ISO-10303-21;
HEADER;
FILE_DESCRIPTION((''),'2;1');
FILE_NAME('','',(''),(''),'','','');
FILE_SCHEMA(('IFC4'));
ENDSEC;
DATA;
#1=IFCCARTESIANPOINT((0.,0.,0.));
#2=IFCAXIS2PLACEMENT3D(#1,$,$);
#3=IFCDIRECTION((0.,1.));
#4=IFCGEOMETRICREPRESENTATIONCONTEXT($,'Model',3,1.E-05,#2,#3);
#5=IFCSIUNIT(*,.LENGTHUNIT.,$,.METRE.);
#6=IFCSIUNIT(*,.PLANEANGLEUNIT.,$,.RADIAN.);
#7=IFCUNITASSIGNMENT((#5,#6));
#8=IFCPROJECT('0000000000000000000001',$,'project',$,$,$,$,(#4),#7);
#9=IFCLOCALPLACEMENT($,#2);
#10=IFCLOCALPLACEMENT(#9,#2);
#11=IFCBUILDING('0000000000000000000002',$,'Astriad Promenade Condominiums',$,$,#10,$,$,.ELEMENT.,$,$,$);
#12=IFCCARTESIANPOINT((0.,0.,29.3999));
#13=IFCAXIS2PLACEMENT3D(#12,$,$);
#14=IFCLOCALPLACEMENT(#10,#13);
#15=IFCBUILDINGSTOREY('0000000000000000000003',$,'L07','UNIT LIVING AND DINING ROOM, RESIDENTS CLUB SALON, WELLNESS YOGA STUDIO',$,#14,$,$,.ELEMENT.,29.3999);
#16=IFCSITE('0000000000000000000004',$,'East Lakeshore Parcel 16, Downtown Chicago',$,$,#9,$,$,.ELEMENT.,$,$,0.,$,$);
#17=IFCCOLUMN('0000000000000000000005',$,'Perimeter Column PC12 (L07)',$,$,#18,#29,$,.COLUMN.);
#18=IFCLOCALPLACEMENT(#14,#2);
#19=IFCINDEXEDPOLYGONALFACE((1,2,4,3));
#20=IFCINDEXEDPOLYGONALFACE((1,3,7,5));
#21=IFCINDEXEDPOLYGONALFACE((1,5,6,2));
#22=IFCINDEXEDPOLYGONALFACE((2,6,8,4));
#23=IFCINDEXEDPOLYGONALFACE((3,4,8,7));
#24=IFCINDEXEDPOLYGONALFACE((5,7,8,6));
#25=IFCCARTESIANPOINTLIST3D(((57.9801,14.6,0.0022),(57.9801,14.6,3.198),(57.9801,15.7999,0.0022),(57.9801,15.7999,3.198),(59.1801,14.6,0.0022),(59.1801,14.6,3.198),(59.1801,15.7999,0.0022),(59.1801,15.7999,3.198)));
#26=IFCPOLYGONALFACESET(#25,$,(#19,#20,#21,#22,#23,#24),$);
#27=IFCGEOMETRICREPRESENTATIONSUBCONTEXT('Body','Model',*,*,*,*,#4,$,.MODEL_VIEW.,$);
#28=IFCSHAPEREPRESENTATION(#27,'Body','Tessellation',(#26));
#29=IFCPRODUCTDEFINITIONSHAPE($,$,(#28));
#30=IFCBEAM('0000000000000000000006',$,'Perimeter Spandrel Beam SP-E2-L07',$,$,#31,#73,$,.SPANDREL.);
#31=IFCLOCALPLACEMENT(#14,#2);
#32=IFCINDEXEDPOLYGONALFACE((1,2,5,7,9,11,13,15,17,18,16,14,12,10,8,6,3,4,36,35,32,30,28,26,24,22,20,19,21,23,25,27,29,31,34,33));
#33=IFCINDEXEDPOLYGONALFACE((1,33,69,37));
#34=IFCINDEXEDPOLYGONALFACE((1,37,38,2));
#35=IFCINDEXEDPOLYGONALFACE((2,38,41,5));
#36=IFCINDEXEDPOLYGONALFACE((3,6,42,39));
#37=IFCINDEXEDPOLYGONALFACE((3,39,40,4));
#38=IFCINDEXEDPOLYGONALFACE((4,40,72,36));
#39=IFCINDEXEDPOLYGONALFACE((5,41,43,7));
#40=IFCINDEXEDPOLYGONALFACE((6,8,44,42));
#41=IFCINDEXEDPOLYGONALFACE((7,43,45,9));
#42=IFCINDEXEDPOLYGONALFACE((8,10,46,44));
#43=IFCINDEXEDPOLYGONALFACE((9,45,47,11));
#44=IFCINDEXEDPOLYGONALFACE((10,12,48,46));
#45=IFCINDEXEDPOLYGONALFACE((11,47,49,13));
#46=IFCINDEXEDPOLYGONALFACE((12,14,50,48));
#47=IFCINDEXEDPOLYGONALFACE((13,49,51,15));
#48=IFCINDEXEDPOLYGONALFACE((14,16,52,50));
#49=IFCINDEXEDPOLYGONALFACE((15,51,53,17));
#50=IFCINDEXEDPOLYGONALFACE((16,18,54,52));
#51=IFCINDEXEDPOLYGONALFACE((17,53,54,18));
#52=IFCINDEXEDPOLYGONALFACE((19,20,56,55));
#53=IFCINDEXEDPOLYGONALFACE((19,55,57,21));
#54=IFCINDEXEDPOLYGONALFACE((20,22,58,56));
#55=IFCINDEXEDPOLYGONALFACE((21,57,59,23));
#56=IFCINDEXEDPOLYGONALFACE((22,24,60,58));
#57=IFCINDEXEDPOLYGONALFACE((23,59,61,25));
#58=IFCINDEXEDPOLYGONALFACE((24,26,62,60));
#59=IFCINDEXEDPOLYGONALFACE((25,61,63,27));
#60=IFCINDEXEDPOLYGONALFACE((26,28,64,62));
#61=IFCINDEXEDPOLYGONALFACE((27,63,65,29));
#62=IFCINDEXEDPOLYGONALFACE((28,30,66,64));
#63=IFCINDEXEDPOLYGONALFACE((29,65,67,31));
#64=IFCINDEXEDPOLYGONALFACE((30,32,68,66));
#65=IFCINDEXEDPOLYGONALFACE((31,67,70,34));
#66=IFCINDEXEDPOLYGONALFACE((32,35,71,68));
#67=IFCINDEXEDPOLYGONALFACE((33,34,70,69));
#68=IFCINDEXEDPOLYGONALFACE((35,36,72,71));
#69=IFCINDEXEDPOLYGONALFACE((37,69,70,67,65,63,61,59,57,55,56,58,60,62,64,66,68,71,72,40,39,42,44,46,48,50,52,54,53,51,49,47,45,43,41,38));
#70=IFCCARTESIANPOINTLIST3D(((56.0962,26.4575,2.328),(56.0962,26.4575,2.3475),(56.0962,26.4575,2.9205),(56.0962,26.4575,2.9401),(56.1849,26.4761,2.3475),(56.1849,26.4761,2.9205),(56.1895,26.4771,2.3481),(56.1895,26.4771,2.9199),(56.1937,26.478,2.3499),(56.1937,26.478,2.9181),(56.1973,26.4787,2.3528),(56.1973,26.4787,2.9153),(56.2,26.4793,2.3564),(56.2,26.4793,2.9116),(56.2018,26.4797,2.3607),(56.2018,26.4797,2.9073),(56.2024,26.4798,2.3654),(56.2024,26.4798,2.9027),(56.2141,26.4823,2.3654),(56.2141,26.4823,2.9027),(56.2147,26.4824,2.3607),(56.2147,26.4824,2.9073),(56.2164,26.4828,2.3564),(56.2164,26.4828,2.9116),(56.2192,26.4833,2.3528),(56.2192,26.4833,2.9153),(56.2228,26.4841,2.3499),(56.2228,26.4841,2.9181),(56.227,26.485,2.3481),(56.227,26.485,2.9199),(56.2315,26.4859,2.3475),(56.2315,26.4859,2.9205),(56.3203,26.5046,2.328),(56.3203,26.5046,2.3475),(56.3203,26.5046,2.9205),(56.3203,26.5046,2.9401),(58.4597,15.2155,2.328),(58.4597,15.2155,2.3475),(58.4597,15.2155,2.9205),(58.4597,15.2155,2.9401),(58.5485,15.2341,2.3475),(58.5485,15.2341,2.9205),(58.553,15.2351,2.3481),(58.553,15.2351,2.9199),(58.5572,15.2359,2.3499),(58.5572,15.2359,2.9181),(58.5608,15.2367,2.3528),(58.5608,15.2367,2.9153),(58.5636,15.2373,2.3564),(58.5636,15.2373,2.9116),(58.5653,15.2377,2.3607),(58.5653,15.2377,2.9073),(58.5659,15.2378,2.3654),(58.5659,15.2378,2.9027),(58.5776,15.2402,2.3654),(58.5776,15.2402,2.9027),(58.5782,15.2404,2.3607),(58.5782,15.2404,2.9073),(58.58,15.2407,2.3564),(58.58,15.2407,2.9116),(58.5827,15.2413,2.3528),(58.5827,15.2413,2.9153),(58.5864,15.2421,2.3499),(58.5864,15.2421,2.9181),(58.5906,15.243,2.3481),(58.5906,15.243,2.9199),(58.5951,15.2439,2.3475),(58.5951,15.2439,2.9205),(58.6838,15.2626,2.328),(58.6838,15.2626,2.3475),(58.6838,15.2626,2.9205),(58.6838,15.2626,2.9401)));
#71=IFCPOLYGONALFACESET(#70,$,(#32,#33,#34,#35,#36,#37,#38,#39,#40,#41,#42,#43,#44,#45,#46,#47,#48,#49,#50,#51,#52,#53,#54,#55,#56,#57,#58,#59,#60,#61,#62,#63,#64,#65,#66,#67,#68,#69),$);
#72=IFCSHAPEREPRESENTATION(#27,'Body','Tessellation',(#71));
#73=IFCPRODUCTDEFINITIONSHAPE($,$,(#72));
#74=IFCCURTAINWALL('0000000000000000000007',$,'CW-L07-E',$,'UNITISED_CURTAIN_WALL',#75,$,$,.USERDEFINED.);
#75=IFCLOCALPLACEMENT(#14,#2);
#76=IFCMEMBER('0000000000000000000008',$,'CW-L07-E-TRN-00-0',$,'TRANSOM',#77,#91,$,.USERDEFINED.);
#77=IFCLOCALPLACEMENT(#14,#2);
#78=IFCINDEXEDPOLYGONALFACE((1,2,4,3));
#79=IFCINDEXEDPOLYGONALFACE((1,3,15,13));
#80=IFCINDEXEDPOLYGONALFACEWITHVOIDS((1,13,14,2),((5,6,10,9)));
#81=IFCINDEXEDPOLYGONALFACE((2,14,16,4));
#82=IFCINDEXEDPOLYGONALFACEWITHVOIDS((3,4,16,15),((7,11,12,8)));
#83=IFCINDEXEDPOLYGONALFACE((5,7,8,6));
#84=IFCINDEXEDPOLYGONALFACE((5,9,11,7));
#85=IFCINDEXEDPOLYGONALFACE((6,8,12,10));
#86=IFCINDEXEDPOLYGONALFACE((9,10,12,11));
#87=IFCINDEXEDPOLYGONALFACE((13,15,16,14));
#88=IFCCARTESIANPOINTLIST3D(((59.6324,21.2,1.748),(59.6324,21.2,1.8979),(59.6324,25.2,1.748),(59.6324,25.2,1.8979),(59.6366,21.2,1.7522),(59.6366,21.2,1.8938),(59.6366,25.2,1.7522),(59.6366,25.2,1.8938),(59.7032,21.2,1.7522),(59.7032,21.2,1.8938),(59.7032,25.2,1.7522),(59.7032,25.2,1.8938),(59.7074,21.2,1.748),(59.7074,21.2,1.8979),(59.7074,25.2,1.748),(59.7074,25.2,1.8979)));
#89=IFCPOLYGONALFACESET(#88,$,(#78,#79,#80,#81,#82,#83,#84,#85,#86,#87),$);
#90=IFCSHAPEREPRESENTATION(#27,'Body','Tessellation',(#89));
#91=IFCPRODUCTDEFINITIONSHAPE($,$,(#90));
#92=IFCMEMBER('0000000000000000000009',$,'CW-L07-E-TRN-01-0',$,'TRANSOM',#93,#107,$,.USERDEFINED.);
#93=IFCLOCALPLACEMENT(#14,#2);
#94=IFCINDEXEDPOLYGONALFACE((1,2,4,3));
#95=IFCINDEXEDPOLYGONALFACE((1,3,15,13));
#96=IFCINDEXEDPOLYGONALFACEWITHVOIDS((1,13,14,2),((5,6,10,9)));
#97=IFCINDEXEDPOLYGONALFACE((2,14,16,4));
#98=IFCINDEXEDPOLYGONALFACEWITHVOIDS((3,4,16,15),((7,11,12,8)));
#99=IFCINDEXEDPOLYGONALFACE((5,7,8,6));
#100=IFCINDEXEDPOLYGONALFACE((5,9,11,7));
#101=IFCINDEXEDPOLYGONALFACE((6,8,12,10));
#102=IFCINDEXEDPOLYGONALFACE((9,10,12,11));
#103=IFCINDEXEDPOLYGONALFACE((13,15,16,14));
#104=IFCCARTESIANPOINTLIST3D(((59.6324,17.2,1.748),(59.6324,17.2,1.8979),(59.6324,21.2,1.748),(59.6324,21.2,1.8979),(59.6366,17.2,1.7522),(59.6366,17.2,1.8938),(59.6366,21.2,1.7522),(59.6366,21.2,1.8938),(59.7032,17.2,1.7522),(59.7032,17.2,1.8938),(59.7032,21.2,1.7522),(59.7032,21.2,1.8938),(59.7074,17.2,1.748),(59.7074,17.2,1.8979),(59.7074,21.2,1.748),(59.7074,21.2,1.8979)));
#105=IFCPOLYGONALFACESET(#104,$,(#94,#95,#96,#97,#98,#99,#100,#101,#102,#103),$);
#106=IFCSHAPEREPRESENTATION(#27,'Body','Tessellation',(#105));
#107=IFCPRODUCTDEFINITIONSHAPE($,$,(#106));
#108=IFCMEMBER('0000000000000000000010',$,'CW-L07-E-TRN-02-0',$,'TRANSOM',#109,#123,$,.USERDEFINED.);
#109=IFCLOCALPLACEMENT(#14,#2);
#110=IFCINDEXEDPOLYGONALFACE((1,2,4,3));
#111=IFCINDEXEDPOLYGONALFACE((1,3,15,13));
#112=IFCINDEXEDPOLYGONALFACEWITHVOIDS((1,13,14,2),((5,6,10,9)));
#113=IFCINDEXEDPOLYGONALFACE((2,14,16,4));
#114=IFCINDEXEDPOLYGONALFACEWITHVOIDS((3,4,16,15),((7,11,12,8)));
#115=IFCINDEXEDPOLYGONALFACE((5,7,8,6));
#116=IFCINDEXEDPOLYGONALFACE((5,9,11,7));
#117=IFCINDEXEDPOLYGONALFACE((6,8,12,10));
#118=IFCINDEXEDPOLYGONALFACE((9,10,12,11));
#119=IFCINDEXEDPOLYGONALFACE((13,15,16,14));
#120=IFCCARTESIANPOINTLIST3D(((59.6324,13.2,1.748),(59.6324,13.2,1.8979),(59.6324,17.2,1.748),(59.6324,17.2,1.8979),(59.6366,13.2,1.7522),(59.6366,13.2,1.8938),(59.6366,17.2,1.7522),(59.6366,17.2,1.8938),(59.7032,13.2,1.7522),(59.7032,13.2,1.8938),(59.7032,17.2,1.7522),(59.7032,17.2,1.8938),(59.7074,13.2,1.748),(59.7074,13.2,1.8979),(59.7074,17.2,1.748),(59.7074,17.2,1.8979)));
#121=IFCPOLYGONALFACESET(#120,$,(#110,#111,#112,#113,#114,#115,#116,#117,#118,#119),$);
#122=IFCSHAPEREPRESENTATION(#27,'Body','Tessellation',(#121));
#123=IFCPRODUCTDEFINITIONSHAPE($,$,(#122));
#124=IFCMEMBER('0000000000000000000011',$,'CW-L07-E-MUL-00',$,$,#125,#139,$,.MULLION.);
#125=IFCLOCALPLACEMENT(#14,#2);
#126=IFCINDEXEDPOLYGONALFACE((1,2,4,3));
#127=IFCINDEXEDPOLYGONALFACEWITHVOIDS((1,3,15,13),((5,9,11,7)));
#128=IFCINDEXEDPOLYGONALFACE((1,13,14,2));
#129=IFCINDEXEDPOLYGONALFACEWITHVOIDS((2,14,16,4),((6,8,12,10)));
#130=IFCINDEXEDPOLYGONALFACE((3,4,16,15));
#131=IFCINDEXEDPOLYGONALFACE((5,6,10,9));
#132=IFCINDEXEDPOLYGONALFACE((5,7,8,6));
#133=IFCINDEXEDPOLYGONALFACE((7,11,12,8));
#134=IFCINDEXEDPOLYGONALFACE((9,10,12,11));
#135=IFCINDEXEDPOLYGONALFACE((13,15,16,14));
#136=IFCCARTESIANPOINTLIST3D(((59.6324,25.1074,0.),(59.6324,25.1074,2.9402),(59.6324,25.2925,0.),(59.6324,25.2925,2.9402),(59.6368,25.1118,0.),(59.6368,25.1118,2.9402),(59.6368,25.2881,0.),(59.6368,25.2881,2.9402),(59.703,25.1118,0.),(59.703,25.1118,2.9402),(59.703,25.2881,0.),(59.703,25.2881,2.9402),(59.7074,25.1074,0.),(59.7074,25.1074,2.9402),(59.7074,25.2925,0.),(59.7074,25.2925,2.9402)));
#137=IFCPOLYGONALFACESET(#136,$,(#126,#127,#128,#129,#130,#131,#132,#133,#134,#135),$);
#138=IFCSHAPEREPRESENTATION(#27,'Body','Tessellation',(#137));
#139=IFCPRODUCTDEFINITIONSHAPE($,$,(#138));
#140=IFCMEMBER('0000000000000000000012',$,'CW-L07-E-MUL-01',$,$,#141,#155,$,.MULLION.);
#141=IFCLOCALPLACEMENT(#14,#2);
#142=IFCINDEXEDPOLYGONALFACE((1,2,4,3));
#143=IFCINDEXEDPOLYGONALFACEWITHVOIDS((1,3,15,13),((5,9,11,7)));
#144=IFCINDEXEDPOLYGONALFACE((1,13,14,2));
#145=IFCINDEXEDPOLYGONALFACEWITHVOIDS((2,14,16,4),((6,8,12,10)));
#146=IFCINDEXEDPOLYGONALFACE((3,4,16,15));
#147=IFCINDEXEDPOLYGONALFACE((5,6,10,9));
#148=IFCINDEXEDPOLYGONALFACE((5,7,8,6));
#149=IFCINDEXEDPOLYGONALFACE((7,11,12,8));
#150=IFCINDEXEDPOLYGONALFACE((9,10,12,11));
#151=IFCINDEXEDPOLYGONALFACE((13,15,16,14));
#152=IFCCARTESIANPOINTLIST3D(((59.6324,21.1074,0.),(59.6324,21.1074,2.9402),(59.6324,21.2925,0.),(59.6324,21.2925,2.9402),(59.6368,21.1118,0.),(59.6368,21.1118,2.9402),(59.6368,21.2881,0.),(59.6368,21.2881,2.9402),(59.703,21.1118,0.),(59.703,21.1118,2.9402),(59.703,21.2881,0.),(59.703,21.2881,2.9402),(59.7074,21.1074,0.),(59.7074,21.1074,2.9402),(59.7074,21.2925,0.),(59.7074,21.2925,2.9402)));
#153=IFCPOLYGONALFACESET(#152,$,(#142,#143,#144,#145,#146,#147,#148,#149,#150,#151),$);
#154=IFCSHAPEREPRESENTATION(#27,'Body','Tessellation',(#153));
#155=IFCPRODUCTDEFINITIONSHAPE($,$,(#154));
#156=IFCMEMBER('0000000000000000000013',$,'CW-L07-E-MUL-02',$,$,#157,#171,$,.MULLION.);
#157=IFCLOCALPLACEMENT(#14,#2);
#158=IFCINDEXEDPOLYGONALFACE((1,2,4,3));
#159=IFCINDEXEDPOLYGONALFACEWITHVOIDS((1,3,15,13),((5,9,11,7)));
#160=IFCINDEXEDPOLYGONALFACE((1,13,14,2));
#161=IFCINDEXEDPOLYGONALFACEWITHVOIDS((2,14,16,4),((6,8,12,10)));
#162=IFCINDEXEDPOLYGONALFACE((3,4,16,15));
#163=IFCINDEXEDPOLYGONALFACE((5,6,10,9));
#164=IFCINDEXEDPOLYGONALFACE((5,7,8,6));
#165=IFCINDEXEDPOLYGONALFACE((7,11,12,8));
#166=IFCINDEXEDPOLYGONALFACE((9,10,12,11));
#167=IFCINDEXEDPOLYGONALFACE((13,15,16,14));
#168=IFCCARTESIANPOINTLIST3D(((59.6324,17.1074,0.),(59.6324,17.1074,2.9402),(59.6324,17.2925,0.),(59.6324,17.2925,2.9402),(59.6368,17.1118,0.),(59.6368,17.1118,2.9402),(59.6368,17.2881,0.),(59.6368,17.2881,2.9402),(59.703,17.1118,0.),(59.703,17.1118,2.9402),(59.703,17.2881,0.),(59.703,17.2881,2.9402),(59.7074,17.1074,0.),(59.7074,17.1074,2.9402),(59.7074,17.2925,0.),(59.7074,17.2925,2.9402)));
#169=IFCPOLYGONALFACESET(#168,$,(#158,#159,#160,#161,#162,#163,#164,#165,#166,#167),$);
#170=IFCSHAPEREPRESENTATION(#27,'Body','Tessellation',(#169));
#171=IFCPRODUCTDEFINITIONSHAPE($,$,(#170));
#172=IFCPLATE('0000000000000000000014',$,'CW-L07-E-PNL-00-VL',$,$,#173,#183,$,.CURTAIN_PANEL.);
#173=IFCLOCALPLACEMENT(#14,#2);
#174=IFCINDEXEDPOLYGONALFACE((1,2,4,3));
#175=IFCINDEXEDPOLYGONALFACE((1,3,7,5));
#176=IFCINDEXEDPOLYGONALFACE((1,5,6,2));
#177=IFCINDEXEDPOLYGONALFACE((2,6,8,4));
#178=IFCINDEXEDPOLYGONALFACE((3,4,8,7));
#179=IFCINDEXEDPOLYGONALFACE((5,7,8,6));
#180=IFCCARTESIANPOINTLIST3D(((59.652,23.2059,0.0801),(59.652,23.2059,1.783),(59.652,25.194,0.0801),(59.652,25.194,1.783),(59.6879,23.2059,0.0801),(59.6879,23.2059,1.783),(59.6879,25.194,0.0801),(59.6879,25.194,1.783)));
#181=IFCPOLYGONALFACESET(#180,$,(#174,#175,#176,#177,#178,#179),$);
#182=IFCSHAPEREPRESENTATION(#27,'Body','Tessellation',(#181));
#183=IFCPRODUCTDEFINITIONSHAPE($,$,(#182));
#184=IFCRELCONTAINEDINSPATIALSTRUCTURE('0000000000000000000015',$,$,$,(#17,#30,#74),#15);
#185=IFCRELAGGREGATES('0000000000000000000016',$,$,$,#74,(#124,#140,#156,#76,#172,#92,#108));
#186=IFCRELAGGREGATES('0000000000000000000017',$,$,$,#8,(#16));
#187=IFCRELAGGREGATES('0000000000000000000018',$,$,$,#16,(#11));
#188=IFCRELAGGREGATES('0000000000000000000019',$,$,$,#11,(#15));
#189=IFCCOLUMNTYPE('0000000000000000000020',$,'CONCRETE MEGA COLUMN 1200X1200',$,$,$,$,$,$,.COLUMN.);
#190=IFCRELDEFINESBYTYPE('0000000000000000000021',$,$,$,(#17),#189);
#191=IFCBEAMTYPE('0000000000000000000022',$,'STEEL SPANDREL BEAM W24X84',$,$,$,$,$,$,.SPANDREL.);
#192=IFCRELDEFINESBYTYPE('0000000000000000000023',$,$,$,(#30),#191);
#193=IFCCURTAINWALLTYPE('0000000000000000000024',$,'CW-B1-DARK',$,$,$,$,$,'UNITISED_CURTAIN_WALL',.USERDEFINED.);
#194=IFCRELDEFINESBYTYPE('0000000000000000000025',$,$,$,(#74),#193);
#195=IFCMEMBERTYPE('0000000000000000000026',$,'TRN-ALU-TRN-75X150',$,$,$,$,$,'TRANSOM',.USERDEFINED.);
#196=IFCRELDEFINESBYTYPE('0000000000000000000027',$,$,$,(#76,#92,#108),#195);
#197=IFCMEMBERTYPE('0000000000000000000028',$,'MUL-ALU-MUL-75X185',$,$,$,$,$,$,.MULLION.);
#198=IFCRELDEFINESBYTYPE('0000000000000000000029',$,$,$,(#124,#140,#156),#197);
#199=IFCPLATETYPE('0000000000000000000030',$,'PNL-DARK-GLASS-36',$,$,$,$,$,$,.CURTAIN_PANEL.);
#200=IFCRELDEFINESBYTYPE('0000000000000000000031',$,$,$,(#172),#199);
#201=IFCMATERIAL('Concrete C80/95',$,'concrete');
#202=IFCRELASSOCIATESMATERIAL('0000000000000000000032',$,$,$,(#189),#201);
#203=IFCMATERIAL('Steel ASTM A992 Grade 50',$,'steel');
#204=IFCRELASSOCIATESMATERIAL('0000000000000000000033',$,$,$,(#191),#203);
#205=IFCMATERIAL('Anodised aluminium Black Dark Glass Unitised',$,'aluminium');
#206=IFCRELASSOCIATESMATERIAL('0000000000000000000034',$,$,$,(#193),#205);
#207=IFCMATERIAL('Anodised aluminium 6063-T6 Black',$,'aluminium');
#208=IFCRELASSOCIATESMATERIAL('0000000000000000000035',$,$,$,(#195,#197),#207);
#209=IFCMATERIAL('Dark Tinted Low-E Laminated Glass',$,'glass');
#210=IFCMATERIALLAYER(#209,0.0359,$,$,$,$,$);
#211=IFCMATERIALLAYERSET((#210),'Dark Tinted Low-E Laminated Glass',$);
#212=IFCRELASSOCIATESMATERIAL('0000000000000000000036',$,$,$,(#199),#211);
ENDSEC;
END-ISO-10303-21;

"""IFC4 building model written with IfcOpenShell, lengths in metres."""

from ifc_helpers import new_model, si_unit, direction, frame, origin, origin_2d, place, context, subcontext, project, spatial, rectangle, hollow_rectangle, i_section, extrude, source, transform, mapped, material, layer, layer_set, material_profile, profile_set, type_object, type_shapes, element, aggregate, save


model = new_model("IFC4")

# Units and contexts
model_context = context("Model", 3, precision=1e-05, world=origin(), true_north=direction((0.0, 1.0)))
body_context = subcontext(model_context, "Body", "Model", "MODEL_VIEW")
ifc_project = project(units=[si_unit("LENGTHUNIT", "METRE"), si_unit("PLANEANGLEUNIT", "RADIAN")], contexts=[model_context])

# Site, building, storey
site_placement = place(None, origin())
site = spatial("IfcSite", under=ifc_project, at=site_placement, Name="East Lakeshore Parcel 16, Downtown Chicago", CompositionType="ELEMENT", RefElevation=0.0)
building_placement = place(site_placement, origin())
building = spatial("IfcBuilding", under=site, at=building_placement, Name="Astriad Promenade Condominiums", CompositionType="ELEMENT")
storey_placement = place(building_placement, frame((0.0, 0.0, 29.3999)))
storey = spatial("IfcBuildingStorey", under=building, at=storey_placement, Name="L07", Description="UNIT LIVING AND DINING ROOM, RESIDENTS CLUB SALON, WELLNESS YOGA STUDIO", CompositionType="ELEMENT", Elevation=29.3999)

# Column
ifc_material_1 = material(Name="Concrete C80/95", Category="concrete")
ifc_material_profile_1 = material_profile(ifc_material_1, rectangle(XDim=1.2, YDim=1.2, at=origin_2d()), Name="RC-COL-1200X1200")
ifc_profile_set_1 = profile_set([ifc_material_profile_1], Name="Concrete C80/95")
column_type = type_object("IfcColumnType", Name="CONCRETE MEGA COLUMN 1200X1200", PredefinedType="COLUMN", material=ifc_profile_set_1)
shared_shape_1 = source(origin(), body_context, "Body", "SweptSolid", [
    extrude(rectangle(XDim=1.2, YDim=1.2, at=origin_2d()), origin(), (0.0, 0.0, 1.0), 3.1958),
])
type_shapes(column_type, [shared_shape_1])
column_placement = place(storey_placement, frame((58.5801, 15.2, 0.0022), z_axis=(0.0, 0.0, 1.0), x_axis=(1.0, 0.0, 0.0)))
element("IfcColumn", 1, at=column_placement, inside=storey, type_object=column_type, Name="Perimeter Column PC12 (L07)", PredefinedType="COLUMN", context=body_context, shape_type="MappedRepresentation", body=[
    mapped(shared_shape_1, transform((0.0, 0.0, 0.0), scale=1.0)),
])

# Beam
ifc_material_2 = material(Name="Steel ASTM A992 Grade 50", Category="steel")
ifc_material_profile_2 = material_profile(ifc_material_2, i_section(OverallWidth=0.229, OverallDepth=0.6121, WebThickness=0.012, FlangeThickness=0.0195, FilletRadius=0.0178, at=origin_2d()), Name="W24X84")
ifc_profile_set_2 = profile_set([ifc_material_profile_2], Name="Steel ASTM A992 Grade 50")
beam_type = type_object("IfcBeamType", Name="STEEL SPANDREL BEAM W24X84", PredefinedType="SPANDREL", material=ifc_profile_set_2)
shared_shape_2 = source(origin(), body_context, "Body", "SweptSolid", [
    extrude(i_section(OverallWidth=0.229, OverallDepth=0.6121, WebThickness=0.012, FlangeThickness=0.0195, FilletRadius=0.0178, at=origin_2d()), origin(), (0.0, 0.0, 1.0), 11.4878),
])
type_shapes(beam_type, [shared_shape_2])
beam_placement = place(storey_placement, frame((58.5718, 15.239, 2.634), z_axis=(-0.205744, 0.978606, 0.0), x_axis=(-0.978606, -0.205744, 0.0)))
element("IfcBeam", 2, at=beam_placement, inside=storey, type_object=beam_type, Name="Perimeter Spandrel Beam SP-E2-L07", PredefinedType="SPANDREL", context=body_context, shape_type="MappedRepresentation", body=[
    mapped(shared_shape_2, transform((0.0, 0.0, 0.0), scale=1.0)),
])

# Curtain wall, members, plate
ifc_material_3 = material(Name="Anodised aluminium Black Dark Glass Unitised", Category="aluminium")
curtain_wall_type = type_object("IfcCurtainWallType", Name="CW-B1-DARK", ElementType="UNITISED_CURTAIN_WALL", PredefinedType="USERDEFINED", material=ifc_material_3)
curtain_wall_placement = place(storey_placement, origin())
curtain_wall = element("IfcCurtainWall", 3, at=curtain_wall_placement, inside=storey, type_object=curtain_wall_type, Name="CW-L07-E", ObjectType="UNITISED_CURTAIN_WALL", PredefinedType="USERDEFINED")
ifc_material_4 = material(Name="Anodised aluminium 6063-T6 Black", Category="aluminium")
ifc_material_profile_3 = material_profile(ifc_material_4, hollow_rectangle(XDim=0.075, YDim=0.1499, WallThickness=0.0042, at=origin_2d()), Name="ALU-TRN-75X150")
ifc_profile_set_3 = profile_set([ifc_material_profile_3], Name="Anodised aluminium 6063-T6 Black")
member_type_1 = type_object("IfcMemberType", Name="TRN-ALU-TRN-75X150", ElementType="TRANSOM", PredefinedType="USERDEFINED", material=ifc_profile_set_3)
shared_shape_3 = source(origin(), body_context, "Body", "SweptSolid", [
    extrude(hollow_rectangle(XDim=0.075, YDim=0.1499, WallThickness=0.0042, at=origin_2d()), origin(), (0.0, 0.0, 1.0), 4.0),
])
type_shapes(member_type_1, [shared_shape_3])
member_1_placement = place(storey_placement, frame((59.6699, 25.2, 1.823), z_axis=(0.0, -1.0, 0.0), x_axis=(1.0, 0.0, 0.0)))
member_1 = element("IfcMember", 4, at=member_1_placement, type_object=member_type_1, Name="CW-L07-E-TRN-00-0", ObjectType="TRANSOM", PredefinedType="USERDEFINED", context=body_context, shape_type="MappedRepresentation", body=[
    mapped(shared_shape_3, transform((0.0, 0.0, 0.0), scale=1.0)),
])
member_2_placement = place(storey_placement, frame((59.6699, 21.2, 1.823), z_axis=(0.0, -1.0, 0.0), x_axis=(1.0, 0.0, 0.0)))
member_2 = element("IfcMember", 5, at=member_2_placement, type_object=member_type_1, Name="CW-L07-E-TRN-01-0", ObjectType="TRANSOM", PredefinedType="USERDEFINED", context=body_context, shape_type="MappedRepresentation", body=[
    mapped(shared_shape_3, transform((0.0, 0.0, 0.0), scale=1.0)),
])
member_3_placement = place(storey_placement, frame((59.6699, 17.2, 1.823), z_axis=(0.0, -1.0, 0.0), x_axis=(1.0, 0.0, 0.0)))
member_3 = element("IfcMember", 6, at=member_3_placement, type_object=member_type_1, Name="CW-L07-E-TRN-02-0", ObjectType="TRANSOM", PredefinedType="USERDEFINED", context=body_context, shape_type="MappedRepresentation", body=[
    mapped(shared_shape_3, transform((0.0, 0.0, 0.0), scale=1.0)),
])
ifc_material_profile_4 = material_profile(ifc_material_4, hollow_rectangle(XDim=0.075, YDim=0.1851, WallThickness=0.0044, at=origin_2d()), Name="ALU-MUL-75X185")
ifc_profile_set_4 = profile_set([ifc_material_profile_4], Name="Anodised aluminium 6063-T6 Black")
member_type_2 = type_object("IfcMemberType", Name="MUL-ALU-MUL-75X185", PredefinedType="MULLION", material=ifc_profile_set_4)
shared_shape_4 = source(origin(), body_context, "Body", "SweptSolid", [
    extrude(hollow_rectangle(XDim=0.075, YDim=0.1851, WallThickness=0.0044, at=origin_2d()), origin(), (0.0, 0.0, 1.0), 2.9402),
])
type_shapes(member_type_2, [shared_shape_4])
member_4_placement = place(storey_placement, frame((59.6699, 25.2, 0.0), z_axis=(0.0, 0.0, 1.0), x_axis=(1.0, 0.0, 0.0)))
member_4 = element("IfcMember", 7, at=member_4_placement, type_object=member_type_2, Name="CW-L07-E-MUL-00", PredefinedType="MULLION", context=body_context, shape_type="MappedRepresentation", body=[
    mapped(shared_shape_4, transform((0.0, 0.0, 0.0), scale=1.0)),
])
member_5_placement = place(storey_placement, frame((59.6699, 21.2, 0.0), z_axis=(0.0, 0.0, 1.0), x_axis=(1.0, 0.0, 0.0)))
member_5 = element("IfcMember", 8, at=member_5_placement, type_object=member_type_2, Name="CW-L07-E-MUL-01", PredefinedType="MULLION", context=body_context, shape_type="MappedRepresentation", body=[
    mapped(shared_shape_4, transform((0.0, 0.0, 0.0), scale=1.0)),
])
member_6_placement = place(storey_placement, frame((59.6699, 17.2, 0.0), z_axis=(0.0, 0.0, 1.0), x_axis=(1.0, 0.0, 0.0)))
member_6 = element("IfcMember", 9, at=member_6_placement, type_object=member_type_2, Name="CW-L07-E-MUL-02", PredefinedType="MULLION", context=body_context, shape_type="MappedRepresentation", body=[
    mapped(shared_shape_4, transform((0.0, 0.0, 0.0), scale=1.0)),
])
ifc_material_5 = material(Name="Dark Tinted Low-E Laminated Glass", Category="glass")
ifc_layer_1 = layer(ifc_material_5, 0.0359)
ifc_layer_set_1 = layer_set([ifc_layer_1], Name="Dark Tinted Low-E Laminated Glass")
plate_type = type_object("IfcPlateType", Name="PNL-DARK-GLASS-36", PredefinedType="CURTAIN_PANEL", material=ifc_layer_set_1)
shared_shape_5 = source(origin(), body_context, "Body", "SweptSolid", [
    extrude(rectangle(XDim=1.988, YDim=0.0359, at=origin_2d()), origin(), (0.0, 0.0, 1.0), 1.7029),
])
plate_1_placement = place(storey_placement, frame((59.6699, 24.2, 0.0801), z_axis=(0.0, 0.0, 1.0), x_axis=(0.0, -1.0, 0.0)))
plate_1 = element("IfcPlate", 10, at=plate_1_placement, type_object=plate_type, Name="CW-L07-E-PNL-00-VL", PredefinedType="CURTAIN_PANEL", context=body_context, shape_type="MappedRepresentation", body=[
    mapped(shared_shape_5, transform((0.0, 0.0, 0.0), scale=1.0)),
])
aggregate(curtain_wall, [member_4, member_5, member_6, member_1, plate_1, member_2, member_3])

save(model, "model.ifc")
